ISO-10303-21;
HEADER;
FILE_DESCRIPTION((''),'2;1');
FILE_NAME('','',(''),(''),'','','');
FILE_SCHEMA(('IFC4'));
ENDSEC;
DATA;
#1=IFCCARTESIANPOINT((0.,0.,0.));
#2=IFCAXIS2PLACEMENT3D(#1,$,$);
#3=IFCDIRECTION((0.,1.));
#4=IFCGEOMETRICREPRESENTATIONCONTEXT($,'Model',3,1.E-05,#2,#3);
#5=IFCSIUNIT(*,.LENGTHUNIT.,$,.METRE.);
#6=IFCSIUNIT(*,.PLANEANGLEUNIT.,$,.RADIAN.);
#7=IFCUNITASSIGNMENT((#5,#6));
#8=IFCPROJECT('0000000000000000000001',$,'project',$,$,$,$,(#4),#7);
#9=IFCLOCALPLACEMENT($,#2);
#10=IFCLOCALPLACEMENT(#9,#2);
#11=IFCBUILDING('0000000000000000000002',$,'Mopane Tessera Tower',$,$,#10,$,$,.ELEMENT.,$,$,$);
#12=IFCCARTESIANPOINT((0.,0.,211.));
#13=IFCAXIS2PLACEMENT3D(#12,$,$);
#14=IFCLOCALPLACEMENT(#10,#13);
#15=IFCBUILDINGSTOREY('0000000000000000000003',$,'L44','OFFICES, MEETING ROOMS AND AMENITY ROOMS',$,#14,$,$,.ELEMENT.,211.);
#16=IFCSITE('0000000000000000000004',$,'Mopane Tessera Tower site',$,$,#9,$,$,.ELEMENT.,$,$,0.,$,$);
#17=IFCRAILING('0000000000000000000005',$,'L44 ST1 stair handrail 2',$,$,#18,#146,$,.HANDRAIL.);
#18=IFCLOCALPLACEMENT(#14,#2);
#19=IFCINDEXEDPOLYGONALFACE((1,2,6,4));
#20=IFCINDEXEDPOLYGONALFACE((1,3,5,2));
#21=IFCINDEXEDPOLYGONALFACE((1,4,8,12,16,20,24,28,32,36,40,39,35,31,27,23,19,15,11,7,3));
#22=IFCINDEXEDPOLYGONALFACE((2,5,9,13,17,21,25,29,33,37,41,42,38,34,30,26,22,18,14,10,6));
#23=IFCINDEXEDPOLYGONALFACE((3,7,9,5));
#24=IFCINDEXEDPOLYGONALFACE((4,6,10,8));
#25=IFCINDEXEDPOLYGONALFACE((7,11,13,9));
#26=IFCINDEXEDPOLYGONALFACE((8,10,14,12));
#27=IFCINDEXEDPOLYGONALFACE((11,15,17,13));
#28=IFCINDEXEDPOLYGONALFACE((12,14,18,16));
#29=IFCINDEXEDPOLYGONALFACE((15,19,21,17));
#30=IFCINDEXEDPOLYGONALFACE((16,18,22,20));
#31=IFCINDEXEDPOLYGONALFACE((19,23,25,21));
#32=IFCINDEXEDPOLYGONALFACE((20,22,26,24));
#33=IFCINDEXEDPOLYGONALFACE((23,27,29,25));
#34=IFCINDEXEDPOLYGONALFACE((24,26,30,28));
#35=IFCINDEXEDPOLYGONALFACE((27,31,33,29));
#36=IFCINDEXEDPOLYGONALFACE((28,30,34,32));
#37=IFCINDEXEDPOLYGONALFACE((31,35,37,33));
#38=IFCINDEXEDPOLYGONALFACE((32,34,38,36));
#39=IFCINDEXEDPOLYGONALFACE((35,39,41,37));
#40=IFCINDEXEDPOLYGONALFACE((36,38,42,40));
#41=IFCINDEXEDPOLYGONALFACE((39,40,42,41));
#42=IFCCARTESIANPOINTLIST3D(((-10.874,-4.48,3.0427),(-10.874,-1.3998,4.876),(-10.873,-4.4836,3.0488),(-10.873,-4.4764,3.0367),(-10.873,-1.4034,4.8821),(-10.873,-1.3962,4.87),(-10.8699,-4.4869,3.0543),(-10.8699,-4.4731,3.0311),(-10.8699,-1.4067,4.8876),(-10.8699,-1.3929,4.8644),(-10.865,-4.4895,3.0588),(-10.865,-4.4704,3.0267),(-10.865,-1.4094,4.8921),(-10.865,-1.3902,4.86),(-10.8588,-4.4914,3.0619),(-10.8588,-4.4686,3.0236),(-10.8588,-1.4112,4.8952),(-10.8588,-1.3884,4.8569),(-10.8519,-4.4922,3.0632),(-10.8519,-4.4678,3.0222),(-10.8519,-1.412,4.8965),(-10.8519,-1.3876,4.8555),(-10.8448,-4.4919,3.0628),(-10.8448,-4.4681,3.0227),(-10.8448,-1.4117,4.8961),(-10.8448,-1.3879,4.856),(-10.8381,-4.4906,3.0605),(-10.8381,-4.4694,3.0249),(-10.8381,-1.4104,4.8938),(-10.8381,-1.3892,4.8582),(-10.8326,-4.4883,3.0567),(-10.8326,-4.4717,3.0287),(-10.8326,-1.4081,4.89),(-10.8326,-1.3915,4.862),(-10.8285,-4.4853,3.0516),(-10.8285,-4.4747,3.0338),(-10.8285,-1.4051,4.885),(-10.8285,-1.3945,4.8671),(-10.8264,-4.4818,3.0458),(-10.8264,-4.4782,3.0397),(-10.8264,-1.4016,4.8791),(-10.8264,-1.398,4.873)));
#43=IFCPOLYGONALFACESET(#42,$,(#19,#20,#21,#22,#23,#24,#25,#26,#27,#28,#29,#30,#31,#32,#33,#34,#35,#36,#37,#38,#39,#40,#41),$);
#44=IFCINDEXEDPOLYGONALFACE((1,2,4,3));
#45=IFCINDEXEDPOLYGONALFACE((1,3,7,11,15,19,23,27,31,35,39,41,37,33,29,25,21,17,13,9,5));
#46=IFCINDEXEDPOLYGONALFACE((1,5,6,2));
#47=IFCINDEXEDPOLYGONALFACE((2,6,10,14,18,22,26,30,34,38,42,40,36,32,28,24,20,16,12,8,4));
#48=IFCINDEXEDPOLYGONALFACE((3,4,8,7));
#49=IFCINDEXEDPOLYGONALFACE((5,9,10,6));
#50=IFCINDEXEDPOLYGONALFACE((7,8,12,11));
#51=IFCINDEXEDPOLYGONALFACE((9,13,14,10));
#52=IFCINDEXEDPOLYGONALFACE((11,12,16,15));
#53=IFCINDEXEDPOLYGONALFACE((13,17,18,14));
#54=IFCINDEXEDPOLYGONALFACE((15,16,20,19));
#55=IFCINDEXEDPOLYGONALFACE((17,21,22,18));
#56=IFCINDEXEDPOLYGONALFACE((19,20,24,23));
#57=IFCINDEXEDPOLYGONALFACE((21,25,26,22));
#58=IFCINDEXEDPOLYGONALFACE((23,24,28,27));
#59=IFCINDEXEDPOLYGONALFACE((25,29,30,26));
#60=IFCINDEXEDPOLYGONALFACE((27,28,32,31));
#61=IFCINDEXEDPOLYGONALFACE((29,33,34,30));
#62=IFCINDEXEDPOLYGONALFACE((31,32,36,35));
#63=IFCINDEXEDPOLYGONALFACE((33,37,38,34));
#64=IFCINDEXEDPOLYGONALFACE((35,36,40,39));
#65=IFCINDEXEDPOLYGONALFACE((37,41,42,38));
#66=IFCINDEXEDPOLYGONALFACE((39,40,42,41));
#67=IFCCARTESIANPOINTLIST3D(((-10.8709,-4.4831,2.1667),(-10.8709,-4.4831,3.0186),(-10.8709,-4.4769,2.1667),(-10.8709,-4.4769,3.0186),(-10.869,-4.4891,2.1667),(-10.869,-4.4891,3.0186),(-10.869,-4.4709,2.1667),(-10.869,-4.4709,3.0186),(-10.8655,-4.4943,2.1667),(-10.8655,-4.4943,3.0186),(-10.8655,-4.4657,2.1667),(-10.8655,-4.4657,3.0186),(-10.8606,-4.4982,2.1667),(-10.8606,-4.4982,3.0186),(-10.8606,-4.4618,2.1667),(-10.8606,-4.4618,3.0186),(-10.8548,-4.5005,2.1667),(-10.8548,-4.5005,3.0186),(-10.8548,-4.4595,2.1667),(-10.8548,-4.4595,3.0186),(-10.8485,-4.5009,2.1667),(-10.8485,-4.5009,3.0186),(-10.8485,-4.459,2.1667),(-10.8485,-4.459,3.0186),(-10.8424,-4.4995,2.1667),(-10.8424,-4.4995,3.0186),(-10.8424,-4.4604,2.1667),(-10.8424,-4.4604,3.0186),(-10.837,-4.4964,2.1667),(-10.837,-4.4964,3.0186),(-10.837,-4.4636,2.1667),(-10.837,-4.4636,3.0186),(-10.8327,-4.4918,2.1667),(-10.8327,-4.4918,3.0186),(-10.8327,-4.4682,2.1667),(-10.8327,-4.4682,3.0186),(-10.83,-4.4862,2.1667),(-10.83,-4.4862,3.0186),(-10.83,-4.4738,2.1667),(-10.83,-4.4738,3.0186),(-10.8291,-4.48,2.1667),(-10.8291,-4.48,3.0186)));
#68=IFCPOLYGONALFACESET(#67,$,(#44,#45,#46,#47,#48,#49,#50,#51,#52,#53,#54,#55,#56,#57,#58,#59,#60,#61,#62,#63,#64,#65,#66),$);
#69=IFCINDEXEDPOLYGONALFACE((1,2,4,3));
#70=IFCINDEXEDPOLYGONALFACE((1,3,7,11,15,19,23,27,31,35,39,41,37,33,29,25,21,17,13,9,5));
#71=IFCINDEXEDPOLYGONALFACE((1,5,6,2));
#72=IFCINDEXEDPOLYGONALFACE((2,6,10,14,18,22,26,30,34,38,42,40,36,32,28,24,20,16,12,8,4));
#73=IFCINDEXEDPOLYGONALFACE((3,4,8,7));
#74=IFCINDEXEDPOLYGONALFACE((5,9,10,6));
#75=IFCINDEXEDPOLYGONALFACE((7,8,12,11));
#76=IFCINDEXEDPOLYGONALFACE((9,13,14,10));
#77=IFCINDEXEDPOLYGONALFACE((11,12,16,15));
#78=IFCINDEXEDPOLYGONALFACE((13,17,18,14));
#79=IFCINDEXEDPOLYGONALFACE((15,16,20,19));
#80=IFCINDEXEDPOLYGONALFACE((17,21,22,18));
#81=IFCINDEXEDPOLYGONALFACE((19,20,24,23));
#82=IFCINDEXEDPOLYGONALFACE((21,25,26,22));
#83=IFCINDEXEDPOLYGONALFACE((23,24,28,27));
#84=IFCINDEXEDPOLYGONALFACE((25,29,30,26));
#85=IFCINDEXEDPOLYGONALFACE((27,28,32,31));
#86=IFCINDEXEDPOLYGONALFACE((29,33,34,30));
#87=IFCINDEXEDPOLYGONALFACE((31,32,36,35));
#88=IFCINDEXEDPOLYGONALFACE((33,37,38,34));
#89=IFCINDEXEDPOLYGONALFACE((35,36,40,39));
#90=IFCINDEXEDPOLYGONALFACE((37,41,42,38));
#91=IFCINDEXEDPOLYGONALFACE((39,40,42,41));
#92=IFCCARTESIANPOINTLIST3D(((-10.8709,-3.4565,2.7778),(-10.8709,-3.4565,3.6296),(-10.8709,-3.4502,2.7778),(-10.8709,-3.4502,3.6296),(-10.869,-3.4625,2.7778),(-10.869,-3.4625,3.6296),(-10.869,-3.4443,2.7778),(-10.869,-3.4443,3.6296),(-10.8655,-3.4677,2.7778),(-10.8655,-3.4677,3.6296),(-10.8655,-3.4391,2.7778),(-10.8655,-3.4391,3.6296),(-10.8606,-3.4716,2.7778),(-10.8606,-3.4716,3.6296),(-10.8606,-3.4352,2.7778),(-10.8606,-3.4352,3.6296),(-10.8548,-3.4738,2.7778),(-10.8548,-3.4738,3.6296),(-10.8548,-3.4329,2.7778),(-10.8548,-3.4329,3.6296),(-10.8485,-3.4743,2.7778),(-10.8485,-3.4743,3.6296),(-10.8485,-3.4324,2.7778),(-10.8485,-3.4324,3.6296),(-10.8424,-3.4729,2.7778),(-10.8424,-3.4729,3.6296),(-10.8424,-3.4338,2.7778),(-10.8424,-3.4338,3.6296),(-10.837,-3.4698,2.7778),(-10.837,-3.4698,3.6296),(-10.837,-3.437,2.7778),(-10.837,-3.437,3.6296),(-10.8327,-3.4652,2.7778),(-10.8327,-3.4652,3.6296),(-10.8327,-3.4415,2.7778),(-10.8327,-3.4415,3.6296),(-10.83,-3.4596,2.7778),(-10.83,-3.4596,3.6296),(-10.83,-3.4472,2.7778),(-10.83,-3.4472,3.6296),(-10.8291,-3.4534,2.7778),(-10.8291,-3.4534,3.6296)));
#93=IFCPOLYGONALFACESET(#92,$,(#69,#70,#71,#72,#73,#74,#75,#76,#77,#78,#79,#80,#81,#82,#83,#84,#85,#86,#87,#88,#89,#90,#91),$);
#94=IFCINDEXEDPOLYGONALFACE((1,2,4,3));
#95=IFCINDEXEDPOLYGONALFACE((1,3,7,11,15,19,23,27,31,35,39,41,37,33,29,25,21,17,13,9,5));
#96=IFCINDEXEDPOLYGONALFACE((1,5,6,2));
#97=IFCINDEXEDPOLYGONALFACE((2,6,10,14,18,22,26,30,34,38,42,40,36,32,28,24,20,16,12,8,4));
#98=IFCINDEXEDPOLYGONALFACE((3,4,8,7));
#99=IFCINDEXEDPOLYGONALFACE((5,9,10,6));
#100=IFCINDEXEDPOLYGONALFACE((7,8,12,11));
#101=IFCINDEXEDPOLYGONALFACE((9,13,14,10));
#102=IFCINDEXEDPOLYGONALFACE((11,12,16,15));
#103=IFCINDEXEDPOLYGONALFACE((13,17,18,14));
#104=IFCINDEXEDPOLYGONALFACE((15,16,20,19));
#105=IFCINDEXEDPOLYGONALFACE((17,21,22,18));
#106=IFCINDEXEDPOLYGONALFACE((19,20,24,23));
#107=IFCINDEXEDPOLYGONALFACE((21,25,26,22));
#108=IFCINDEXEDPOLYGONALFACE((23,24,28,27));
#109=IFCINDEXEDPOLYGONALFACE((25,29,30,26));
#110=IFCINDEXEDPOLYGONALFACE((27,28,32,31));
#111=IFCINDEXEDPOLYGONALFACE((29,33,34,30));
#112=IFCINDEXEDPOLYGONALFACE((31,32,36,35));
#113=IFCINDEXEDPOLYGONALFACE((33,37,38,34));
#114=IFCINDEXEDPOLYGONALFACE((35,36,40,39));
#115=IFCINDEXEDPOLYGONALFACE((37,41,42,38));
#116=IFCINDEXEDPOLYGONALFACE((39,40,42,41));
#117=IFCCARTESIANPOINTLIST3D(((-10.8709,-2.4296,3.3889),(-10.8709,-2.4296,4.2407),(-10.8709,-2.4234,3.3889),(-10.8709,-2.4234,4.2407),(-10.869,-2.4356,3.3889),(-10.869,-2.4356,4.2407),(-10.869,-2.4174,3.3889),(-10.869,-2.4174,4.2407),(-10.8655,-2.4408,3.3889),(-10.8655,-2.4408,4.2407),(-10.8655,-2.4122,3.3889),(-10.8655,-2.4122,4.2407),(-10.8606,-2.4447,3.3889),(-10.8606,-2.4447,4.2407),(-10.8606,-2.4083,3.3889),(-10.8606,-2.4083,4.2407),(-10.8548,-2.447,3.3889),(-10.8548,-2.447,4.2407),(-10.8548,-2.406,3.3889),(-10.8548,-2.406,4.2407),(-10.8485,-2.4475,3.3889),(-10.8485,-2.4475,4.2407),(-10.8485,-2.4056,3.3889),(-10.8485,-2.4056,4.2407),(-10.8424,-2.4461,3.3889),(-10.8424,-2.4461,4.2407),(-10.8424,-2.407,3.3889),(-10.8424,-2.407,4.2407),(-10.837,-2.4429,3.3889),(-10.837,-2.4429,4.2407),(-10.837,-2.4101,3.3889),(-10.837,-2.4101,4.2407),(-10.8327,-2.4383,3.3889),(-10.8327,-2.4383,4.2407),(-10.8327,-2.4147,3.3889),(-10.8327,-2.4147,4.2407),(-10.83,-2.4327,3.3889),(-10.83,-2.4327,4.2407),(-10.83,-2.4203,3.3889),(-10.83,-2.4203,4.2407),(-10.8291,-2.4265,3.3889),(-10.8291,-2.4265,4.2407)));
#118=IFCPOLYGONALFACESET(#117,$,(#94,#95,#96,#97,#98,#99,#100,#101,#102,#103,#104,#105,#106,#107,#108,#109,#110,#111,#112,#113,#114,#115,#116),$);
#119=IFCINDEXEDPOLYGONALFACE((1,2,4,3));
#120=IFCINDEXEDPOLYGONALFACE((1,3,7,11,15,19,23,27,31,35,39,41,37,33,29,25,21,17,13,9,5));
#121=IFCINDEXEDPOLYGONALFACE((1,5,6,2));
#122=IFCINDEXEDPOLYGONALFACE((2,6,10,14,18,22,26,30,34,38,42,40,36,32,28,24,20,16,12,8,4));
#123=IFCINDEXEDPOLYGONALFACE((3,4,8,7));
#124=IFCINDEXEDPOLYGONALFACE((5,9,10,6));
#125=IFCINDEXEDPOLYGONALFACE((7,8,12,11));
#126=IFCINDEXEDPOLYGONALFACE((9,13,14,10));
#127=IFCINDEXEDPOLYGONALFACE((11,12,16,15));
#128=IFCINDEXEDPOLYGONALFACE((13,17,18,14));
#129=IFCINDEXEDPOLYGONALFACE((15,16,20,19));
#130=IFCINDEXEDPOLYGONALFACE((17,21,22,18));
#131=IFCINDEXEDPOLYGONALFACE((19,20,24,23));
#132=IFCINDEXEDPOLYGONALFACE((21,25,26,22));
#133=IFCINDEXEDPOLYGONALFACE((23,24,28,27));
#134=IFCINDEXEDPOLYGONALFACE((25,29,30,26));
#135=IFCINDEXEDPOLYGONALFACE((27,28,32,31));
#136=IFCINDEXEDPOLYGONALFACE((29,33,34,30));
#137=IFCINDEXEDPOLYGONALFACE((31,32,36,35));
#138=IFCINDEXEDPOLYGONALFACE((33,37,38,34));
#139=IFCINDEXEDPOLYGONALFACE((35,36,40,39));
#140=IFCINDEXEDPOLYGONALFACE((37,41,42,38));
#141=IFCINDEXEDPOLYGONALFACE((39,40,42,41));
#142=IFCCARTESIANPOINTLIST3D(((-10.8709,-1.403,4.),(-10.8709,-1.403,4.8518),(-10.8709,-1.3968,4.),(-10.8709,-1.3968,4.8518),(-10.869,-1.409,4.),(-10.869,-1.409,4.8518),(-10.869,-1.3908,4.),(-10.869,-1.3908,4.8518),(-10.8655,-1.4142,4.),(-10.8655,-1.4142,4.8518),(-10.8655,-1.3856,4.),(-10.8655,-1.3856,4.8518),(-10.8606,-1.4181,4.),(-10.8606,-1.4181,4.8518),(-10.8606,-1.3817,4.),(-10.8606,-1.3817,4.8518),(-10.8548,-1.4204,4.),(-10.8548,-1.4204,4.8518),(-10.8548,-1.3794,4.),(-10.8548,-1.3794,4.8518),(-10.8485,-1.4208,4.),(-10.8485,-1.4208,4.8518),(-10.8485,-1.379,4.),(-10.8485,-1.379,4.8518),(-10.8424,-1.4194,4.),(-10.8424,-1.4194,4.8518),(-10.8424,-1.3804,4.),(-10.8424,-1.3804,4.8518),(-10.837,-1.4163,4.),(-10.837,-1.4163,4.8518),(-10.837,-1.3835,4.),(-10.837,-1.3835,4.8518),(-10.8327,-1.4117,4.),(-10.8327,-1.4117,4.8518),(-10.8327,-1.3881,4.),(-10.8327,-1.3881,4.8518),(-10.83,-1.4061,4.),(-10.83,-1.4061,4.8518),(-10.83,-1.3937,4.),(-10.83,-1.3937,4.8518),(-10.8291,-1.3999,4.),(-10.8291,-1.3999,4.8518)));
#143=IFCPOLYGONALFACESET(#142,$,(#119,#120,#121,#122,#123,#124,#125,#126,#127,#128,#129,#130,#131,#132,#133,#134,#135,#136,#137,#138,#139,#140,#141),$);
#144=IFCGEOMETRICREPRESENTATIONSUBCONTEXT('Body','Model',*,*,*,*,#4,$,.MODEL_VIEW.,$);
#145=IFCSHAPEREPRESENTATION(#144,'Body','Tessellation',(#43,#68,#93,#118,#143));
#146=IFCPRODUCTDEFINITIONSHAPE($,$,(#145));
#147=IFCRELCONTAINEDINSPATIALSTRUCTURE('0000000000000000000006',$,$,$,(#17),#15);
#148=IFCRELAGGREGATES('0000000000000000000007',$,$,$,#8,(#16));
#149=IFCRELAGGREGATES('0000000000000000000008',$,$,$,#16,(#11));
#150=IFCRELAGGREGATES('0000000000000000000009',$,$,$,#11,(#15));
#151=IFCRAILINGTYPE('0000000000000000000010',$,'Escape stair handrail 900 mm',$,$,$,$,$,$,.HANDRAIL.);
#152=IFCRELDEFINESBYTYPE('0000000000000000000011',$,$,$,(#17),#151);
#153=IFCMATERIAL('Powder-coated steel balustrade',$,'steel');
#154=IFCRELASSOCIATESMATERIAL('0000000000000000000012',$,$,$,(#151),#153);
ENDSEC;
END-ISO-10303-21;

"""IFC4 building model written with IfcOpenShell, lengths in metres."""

from ifc_helpers import new_model, si_unit, direction, frame, origin, origin_2d, place, context, subcontext, project, spatial, circle, extrude, material, type_object, element, save


model = new_model("IFC4")

# Units and contexts
model_context = context("Model", 3, precision=1e-05, world=origin(), true_north=direction((0.0, 1.0)))
body_context = subcontext(model_context, "Body", "Model", "MODEL_VIEW")
ifc_project = project(units=[si_unit("LENGTHUNIT", "METRE"), si_unit("PLANEANGLEUNIT", "RADIAN")], contexts=[model_context])

# Site, building, storey
site_placement = place(None, origin())
site = spatial("IfcSite", under=ifc_project, at=site_placement, Name="Mopane Tessera Tower site", CompositionType="ELEMENT", RefElevation=0.0)
building_placement = place(site_placement, origin())
building = spatial("IfcBuilding", under=site, at=building_placement, Name="Mopane Tessera Tower", CompositionType="ELEMENT")
storey_placement = place(building_placement, frame((0.0, 0.0, 211.0)))
storey = spatial("IfcBuildingStorey", under=building, at=storey_placement, Name="L44", Description="OFFICES, MEETING ROOMS AND AMENITY ROOMS", CompositionType="ELEMENT", Elevation=211.0)

# Railing
ifc_material_1 = material(Name="Powder-coated steel balustrade", Category="steel")
railing_type_1 = type_object("IfcRailingType", Name="Escape stair handrail 900 mm", PredefinedType="HANDRAIL", material=ifc_material_1)
railing_1_placement = place(storey_placement, frame((-10.8501, -4.48, 2.1667)))
element("IfcRailing", 1, at=railing_1_placement, inside=storey, type_object=railing_type_1, Name="L44 ST1 stair handrail 2", PredefinedType="HANDRAIL", context=body_context, shape_type="SweptSolid", body=[
    extrude(circle(Radius=0.0239, at=origin_2d()), frame((0.0, 0.0, 0.876), z_axis=(0.0, 0.859309, 0.511458), x_axis=(-1.0, 0.0, 0.0)), (0.0, 0.0, 1.0), 3.5845),
    extrude(circle(Radius=0.021, at=origin_2d()), origin(), (0.0, 0.0, 1.0), 0.8518),
    extrude(circle(Radius=0.021, at=origin_2d()), frame((0.0, 1.0266, 0.6111)), (0.0, 0.0, 1.0), 0.8518),
    extrude(circle(Radius=0.021, at=origin_2d()), frame((0.0, 2.0535, 1.2222)), (0.0, 0.0, 1.0), 0.8518),
    extrude(circle(Radius=0.021, at=origin_2d()), frame((0.0, 3.0801, 1.8333)), (0.0, 0.0, 1.0), 0.8518),
])

save(model, "model.ifc")
